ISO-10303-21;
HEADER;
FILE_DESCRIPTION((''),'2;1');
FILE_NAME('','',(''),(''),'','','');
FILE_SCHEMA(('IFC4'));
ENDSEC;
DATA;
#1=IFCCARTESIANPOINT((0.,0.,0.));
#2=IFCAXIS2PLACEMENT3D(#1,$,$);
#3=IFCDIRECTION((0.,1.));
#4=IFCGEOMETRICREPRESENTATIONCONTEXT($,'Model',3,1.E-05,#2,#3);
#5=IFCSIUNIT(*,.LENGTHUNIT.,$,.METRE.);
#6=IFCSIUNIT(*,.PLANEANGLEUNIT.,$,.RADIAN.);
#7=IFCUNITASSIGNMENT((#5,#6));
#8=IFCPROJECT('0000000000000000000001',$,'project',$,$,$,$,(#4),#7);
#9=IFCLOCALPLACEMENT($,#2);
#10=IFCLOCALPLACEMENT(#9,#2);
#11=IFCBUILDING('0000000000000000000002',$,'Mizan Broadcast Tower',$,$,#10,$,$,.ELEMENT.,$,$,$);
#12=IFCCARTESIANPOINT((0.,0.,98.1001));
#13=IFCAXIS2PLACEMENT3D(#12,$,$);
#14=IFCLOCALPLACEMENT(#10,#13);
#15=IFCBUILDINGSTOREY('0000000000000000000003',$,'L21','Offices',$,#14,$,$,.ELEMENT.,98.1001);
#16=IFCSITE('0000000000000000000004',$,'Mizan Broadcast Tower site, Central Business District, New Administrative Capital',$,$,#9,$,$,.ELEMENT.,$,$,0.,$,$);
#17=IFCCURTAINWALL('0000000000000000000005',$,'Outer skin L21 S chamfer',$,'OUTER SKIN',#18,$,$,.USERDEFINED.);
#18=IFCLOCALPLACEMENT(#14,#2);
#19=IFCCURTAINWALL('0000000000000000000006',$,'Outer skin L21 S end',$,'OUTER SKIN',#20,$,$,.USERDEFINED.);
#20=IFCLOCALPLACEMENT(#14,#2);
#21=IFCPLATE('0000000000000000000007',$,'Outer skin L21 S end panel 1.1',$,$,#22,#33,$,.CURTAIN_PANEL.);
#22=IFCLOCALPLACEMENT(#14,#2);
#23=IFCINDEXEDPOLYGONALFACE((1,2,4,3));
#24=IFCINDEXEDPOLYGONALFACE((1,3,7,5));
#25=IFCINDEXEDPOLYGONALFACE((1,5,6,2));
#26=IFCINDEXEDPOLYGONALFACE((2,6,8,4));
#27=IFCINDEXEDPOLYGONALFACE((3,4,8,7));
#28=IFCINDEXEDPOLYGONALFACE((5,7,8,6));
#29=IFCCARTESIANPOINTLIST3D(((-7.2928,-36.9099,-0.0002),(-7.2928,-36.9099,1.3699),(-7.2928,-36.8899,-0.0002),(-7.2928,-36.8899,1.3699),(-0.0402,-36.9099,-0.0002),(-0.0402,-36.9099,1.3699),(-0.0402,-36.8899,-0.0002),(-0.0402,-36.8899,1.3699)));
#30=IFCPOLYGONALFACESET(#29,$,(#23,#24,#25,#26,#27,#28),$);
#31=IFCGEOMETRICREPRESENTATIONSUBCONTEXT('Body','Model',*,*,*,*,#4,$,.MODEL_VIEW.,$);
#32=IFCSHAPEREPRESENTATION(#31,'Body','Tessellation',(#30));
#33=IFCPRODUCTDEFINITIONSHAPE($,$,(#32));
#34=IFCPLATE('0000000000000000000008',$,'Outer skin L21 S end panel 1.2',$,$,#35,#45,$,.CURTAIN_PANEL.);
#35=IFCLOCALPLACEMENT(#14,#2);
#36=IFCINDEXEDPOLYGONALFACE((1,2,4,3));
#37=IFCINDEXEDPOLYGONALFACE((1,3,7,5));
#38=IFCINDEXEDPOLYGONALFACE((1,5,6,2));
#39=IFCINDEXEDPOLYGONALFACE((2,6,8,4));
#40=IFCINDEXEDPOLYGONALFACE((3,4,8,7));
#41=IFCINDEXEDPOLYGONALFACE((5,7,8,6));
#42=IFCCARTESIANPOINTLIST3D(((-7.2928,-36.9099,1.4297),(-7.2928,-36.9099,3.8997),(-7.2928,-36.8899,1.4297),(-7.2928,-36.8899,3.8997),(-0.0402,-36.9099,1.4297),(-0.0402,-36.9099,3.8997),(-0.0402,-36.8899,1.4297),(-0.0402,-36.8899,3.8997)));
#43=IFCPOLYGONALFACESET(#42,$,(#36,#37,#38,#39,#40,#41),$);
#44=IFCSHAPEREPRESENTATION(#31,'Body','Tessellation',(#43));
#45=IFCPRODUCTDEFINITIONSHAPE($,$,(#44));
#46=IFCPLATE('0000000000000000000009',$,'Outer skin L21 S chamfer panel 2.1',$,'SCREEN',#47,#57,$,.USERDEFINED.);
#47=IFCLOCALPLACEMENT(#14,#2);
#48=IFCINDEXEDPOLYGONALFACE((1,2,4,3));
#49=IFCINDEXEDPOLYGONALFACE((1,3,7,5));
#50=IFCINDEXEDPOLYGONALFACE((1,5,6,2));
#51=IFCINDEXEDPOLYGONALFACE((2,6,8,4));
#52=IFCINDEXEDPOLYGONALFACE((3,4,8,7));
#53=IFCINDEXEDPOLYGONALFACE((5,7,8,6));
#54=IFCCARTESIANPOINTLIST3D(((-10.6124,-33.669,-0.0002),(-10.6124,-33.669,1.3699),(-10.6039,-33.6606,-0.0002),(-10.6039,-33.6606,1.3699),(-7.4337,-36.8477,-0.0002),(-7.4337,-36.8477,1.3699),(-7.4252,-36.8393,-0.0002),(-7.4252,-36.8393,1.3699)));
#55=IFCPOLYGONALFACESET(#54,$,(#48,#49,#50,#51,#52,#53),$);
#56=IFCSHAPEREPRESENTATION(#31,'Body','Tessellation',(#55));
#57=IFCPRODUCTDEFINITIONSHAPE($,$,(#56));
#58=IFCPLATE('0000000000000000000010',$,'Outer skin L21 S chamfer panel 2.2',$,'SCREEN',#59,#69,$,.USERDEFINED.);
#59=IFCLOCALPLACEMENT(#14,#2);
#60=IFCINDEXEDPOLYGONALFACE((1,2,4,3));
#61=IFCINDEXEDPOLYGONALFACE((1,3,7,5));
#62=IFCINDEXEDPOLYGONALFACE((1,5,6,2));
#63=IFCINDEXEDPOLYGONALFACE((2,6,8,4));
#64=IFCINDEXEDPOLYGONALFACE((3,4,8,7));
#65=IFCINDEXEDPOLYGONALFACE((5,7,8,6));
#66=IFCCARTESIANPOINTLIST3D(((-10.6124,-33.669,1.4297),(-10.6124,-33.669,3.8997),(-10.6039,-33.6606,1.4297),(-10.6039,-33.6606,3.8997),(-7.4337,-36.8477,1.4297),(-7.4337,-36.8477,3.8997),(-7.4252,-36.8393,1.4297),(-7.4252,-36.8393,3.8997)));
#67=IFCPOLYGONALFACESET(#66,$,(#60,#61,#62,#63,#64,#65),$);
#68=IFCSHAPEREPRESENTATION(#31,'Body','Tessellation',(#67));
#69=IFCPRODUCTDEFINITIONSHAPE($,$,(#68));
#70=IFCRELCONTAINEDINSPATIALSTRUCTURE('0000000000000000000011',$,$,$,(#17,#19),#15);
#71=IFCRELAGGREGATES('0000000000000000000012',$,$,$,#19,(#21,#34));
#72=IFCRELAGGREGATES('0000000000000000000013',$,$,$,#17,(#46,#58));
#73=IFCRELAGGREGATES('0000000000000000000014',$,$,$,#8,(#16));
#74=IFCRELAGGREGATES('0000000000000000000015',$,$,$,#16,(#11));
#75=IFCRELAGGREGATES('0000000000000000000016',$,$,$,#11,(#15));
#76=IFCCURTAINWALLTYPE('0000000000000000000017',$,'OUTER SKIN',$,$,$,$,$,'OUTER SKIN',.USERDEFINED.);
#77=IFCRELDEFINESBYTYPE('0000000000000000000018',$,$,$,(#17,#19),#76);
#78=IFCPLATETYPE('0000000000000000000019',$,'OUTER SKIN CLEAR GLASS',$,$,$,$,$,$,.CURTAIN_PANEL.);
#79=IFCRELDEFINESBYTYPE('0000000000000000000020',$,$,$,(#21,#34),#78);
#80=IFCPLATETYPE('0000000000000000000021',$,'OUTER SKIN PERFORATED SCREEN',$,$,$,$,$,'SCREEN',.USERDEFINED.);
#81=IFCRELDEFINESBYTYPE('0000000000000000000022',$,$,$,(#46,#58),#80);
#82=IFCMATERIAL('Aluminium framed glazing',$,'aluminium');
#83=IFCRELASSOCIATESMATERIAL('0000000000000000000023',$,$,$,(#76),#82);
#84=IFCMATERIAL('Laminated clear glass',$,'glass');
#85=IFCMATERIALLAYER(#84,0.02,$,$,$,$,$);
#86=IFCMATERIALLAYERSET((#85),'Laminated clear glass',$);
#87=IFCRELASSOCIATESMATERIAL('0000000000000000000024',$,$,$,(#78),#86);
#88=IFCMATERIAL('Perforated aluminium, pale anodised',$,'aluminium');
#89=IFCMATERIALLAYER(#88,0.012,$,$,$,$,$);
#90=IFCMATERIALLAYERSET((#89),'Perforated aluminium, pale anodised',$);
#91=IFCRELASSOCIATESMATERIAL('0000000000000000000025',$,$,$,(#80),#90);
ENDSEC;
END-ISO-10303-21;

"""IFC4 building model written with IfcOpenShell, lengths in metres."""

from ifc_helpers import new_model, si_unit, direction, frame, origin, origin_2d, place, context, subcontext, project, spatial, rectangle, extrude, material, layer, layer_set, type_object, element, aggregate, save


model = new_model("IFC4")

# Units and contexts
model_context = context("Model", 3, precision=1e-05, world=origin(), true_north=direction((0.0, 1.0)))
body_context = subcontext(model_context, "Body", "Model", "MODEL_VIEW")
ifc_project = project(units=[si_unit("LENGTHUNIT", "METRE"), si_unit("PLANEANGLEUNIT", "RADIAN")], contexts=[model_context])

# Site, building, storey
site_placement = place(None, origin())
site = spatial("IfcSite", under=ifc_project, at=site_placement, Name="Mizan Broadcast Tower site, Central Business District, New Administrative Capital", CompositionType="ELEMENT", RefElevation=0.0)
building_placement = place(site_placement, origin())
building = spatial("IfcBuilding", under=site, at=building_placement, Name="Mizan Broadcast Tower", CompositionType="ELEMENT")
storey_placement = place(building_placement, frame((0.0, 0.0, 98.1001)))
storey = spatial("IfcBuildingStorey", under=building, at=storey_placement, Name="L21", Description="Offices", CompositionType="ELEMENT", Elevation=98.1001)

# Curtain wall
ifc_material_1 = material(Name="Aluminium framed glazing", Category="aluminium")
curtain_wall_type_1 = type_object("IfcCurtainWallType", Name="OUTER SKIN", ElementType="OUTER SKIN", PredefinedType="USERDEFINED", material=ifc_material_1)
curtain_wall_1_placement = place(storey_placement, origin())
curtain_wall_1 = element("IfcCurtainWall", 1, at=curtain_wall_1_placement, inside=storey, type_object=curtain_wall_type_1, Name="Outer skin L21 S chamfer", ObjectType="OUTER SKIN", PredefinedType="USERDEFINED")

# Curtain wall
curtain_wall_2_placement = place(storey_placement, origin())
curtain_wall_2 = element("IfcCurtainWall", 2, at=curtain_wall_2_placement, inside=storey, type_object=curtain_wall_type_1, Name="Outer skin L21 S end", ObjectType="OUTER SKIN", PredefinedType="USERDEFINED")

# Plates
ifc_material_2 = material(Name="Laminated clear glass", Category="glass")
ifc_layer_1 = layer(ifc_material_2, 0.02)
ifc_layer_set_1 = layer_set([ifc_layer_1], Name="Laminated clear glass")
plate_type_1 = type_object("IfcPlateType", Name="OUTER SKIN CLEAR GLASS", PredefinedType="CURTAIN_PANEL", material=ifc_layer_set_1)
plate_1_placement = place(storey_placement, frame((-3.6665, -36.8999, -0.0002), z_axis=(0.0, 0.0, 1.0), x_axis=(1.0, 0.0, 0.0)))
plate_1 = element("IfcPlate", 3, at=plate_1_placement, type_object=plate_type_1, Name="Outer skin L21 S end panel 1.1", PredefinedType="CURTAIN_PANEL", context=body_context, shape_type="SweptSolid", body=[
    extrude(rectangle(XDim=7.2527, YDim=0.02, at=origin_2d()), origin(), (0.0, 0.0, 1.0), 1.3701),
])
plate_2_placement = place(storey_placement, frame((-3.6665, -36.8999, 1.4297), z_axis=(0.0, 0.0, 1.0), x_axis=(1.0, 0.0, 0.0)))
plate_2 = element("IfcPlate", 4, at=plate_2_placement, type_object=plate_type_1, Name="Outer skin L21 S end panel 1.2", PredefinedType="CURTAIN_PANEL", context=body_context, shape_type="SweptSolid", body=[
    extrude(rectangle(XDim=7.2527, YDim=0.02, at=origin_2d()), origin(), (0.0, 0.0, 1.0), 2.47),
])
aggregate(curtain_wall_2, [plate_1, plate_2])
ifc_material_3 = material(Name="Perforated aluminium, pale anodised", Category="aluminium")
ifc_layer_2 = layer(ifc_material_3, 0.012)
ifc_layer_set_2 = layer_set([ifc_layer_2], Name="Perforated aluminium, pale anodised")
plate_type_2 = type_object("IfcPlateType", Name="OUTER SKIN PERFORATED SCREEN", ElementType="SCREEN", PredefinedType="USERDEFINED", material=ifc_layer_set_2)
plate_3_placement = place(storey_placement, frame((-9.0188, -35.2542, -0.0002), z_axis=(0.0, 0.0, 1.0), x_axis=(0.707107, -0.707107, 0.0)))
plate_3 = element("IfcPlate", 5, at=plate_3_placement, type_object=plate_type_2, Name="Outer skin L21 S chamfer panel 2.1", ObjectType="SCREEN", PredefinedType="USERDEFINED", context=body_context, shape_type="SweptSolid", body=[
    extrude(rectangle(XDim=4.4954, YDim=0.012, at=origin_2d()), origin(), (0.0, 0.0, 1.0), 1.3701),
])
plate_4_placement = place(storey_placement, frame((-9.0188, -35.2542, 1.4297), z_axis=(0.0, 0.0, 1.0), x_axis=(0.707107, -0.707107, 0.0)))
plate_4 = element("IfcPlate", 6, at=plate_4_placement, type_object=plate_type_2, Name="Outer skin L21 S chamfer panel 2.2", ObjectType="SCREEN", PredefinedType="USERDEFINED", context=body_context, shape_type="SweptSolid", body=[
    extrude(rectangle(XDim=4.4954, YDim=0.012, at=origin_2d()), origin(), (0.0, 0.0, 1.0), 2.47),
])
aggregate(curtain_wall_1, [plate_3, plate_4])

save(model, "model.ifc")
